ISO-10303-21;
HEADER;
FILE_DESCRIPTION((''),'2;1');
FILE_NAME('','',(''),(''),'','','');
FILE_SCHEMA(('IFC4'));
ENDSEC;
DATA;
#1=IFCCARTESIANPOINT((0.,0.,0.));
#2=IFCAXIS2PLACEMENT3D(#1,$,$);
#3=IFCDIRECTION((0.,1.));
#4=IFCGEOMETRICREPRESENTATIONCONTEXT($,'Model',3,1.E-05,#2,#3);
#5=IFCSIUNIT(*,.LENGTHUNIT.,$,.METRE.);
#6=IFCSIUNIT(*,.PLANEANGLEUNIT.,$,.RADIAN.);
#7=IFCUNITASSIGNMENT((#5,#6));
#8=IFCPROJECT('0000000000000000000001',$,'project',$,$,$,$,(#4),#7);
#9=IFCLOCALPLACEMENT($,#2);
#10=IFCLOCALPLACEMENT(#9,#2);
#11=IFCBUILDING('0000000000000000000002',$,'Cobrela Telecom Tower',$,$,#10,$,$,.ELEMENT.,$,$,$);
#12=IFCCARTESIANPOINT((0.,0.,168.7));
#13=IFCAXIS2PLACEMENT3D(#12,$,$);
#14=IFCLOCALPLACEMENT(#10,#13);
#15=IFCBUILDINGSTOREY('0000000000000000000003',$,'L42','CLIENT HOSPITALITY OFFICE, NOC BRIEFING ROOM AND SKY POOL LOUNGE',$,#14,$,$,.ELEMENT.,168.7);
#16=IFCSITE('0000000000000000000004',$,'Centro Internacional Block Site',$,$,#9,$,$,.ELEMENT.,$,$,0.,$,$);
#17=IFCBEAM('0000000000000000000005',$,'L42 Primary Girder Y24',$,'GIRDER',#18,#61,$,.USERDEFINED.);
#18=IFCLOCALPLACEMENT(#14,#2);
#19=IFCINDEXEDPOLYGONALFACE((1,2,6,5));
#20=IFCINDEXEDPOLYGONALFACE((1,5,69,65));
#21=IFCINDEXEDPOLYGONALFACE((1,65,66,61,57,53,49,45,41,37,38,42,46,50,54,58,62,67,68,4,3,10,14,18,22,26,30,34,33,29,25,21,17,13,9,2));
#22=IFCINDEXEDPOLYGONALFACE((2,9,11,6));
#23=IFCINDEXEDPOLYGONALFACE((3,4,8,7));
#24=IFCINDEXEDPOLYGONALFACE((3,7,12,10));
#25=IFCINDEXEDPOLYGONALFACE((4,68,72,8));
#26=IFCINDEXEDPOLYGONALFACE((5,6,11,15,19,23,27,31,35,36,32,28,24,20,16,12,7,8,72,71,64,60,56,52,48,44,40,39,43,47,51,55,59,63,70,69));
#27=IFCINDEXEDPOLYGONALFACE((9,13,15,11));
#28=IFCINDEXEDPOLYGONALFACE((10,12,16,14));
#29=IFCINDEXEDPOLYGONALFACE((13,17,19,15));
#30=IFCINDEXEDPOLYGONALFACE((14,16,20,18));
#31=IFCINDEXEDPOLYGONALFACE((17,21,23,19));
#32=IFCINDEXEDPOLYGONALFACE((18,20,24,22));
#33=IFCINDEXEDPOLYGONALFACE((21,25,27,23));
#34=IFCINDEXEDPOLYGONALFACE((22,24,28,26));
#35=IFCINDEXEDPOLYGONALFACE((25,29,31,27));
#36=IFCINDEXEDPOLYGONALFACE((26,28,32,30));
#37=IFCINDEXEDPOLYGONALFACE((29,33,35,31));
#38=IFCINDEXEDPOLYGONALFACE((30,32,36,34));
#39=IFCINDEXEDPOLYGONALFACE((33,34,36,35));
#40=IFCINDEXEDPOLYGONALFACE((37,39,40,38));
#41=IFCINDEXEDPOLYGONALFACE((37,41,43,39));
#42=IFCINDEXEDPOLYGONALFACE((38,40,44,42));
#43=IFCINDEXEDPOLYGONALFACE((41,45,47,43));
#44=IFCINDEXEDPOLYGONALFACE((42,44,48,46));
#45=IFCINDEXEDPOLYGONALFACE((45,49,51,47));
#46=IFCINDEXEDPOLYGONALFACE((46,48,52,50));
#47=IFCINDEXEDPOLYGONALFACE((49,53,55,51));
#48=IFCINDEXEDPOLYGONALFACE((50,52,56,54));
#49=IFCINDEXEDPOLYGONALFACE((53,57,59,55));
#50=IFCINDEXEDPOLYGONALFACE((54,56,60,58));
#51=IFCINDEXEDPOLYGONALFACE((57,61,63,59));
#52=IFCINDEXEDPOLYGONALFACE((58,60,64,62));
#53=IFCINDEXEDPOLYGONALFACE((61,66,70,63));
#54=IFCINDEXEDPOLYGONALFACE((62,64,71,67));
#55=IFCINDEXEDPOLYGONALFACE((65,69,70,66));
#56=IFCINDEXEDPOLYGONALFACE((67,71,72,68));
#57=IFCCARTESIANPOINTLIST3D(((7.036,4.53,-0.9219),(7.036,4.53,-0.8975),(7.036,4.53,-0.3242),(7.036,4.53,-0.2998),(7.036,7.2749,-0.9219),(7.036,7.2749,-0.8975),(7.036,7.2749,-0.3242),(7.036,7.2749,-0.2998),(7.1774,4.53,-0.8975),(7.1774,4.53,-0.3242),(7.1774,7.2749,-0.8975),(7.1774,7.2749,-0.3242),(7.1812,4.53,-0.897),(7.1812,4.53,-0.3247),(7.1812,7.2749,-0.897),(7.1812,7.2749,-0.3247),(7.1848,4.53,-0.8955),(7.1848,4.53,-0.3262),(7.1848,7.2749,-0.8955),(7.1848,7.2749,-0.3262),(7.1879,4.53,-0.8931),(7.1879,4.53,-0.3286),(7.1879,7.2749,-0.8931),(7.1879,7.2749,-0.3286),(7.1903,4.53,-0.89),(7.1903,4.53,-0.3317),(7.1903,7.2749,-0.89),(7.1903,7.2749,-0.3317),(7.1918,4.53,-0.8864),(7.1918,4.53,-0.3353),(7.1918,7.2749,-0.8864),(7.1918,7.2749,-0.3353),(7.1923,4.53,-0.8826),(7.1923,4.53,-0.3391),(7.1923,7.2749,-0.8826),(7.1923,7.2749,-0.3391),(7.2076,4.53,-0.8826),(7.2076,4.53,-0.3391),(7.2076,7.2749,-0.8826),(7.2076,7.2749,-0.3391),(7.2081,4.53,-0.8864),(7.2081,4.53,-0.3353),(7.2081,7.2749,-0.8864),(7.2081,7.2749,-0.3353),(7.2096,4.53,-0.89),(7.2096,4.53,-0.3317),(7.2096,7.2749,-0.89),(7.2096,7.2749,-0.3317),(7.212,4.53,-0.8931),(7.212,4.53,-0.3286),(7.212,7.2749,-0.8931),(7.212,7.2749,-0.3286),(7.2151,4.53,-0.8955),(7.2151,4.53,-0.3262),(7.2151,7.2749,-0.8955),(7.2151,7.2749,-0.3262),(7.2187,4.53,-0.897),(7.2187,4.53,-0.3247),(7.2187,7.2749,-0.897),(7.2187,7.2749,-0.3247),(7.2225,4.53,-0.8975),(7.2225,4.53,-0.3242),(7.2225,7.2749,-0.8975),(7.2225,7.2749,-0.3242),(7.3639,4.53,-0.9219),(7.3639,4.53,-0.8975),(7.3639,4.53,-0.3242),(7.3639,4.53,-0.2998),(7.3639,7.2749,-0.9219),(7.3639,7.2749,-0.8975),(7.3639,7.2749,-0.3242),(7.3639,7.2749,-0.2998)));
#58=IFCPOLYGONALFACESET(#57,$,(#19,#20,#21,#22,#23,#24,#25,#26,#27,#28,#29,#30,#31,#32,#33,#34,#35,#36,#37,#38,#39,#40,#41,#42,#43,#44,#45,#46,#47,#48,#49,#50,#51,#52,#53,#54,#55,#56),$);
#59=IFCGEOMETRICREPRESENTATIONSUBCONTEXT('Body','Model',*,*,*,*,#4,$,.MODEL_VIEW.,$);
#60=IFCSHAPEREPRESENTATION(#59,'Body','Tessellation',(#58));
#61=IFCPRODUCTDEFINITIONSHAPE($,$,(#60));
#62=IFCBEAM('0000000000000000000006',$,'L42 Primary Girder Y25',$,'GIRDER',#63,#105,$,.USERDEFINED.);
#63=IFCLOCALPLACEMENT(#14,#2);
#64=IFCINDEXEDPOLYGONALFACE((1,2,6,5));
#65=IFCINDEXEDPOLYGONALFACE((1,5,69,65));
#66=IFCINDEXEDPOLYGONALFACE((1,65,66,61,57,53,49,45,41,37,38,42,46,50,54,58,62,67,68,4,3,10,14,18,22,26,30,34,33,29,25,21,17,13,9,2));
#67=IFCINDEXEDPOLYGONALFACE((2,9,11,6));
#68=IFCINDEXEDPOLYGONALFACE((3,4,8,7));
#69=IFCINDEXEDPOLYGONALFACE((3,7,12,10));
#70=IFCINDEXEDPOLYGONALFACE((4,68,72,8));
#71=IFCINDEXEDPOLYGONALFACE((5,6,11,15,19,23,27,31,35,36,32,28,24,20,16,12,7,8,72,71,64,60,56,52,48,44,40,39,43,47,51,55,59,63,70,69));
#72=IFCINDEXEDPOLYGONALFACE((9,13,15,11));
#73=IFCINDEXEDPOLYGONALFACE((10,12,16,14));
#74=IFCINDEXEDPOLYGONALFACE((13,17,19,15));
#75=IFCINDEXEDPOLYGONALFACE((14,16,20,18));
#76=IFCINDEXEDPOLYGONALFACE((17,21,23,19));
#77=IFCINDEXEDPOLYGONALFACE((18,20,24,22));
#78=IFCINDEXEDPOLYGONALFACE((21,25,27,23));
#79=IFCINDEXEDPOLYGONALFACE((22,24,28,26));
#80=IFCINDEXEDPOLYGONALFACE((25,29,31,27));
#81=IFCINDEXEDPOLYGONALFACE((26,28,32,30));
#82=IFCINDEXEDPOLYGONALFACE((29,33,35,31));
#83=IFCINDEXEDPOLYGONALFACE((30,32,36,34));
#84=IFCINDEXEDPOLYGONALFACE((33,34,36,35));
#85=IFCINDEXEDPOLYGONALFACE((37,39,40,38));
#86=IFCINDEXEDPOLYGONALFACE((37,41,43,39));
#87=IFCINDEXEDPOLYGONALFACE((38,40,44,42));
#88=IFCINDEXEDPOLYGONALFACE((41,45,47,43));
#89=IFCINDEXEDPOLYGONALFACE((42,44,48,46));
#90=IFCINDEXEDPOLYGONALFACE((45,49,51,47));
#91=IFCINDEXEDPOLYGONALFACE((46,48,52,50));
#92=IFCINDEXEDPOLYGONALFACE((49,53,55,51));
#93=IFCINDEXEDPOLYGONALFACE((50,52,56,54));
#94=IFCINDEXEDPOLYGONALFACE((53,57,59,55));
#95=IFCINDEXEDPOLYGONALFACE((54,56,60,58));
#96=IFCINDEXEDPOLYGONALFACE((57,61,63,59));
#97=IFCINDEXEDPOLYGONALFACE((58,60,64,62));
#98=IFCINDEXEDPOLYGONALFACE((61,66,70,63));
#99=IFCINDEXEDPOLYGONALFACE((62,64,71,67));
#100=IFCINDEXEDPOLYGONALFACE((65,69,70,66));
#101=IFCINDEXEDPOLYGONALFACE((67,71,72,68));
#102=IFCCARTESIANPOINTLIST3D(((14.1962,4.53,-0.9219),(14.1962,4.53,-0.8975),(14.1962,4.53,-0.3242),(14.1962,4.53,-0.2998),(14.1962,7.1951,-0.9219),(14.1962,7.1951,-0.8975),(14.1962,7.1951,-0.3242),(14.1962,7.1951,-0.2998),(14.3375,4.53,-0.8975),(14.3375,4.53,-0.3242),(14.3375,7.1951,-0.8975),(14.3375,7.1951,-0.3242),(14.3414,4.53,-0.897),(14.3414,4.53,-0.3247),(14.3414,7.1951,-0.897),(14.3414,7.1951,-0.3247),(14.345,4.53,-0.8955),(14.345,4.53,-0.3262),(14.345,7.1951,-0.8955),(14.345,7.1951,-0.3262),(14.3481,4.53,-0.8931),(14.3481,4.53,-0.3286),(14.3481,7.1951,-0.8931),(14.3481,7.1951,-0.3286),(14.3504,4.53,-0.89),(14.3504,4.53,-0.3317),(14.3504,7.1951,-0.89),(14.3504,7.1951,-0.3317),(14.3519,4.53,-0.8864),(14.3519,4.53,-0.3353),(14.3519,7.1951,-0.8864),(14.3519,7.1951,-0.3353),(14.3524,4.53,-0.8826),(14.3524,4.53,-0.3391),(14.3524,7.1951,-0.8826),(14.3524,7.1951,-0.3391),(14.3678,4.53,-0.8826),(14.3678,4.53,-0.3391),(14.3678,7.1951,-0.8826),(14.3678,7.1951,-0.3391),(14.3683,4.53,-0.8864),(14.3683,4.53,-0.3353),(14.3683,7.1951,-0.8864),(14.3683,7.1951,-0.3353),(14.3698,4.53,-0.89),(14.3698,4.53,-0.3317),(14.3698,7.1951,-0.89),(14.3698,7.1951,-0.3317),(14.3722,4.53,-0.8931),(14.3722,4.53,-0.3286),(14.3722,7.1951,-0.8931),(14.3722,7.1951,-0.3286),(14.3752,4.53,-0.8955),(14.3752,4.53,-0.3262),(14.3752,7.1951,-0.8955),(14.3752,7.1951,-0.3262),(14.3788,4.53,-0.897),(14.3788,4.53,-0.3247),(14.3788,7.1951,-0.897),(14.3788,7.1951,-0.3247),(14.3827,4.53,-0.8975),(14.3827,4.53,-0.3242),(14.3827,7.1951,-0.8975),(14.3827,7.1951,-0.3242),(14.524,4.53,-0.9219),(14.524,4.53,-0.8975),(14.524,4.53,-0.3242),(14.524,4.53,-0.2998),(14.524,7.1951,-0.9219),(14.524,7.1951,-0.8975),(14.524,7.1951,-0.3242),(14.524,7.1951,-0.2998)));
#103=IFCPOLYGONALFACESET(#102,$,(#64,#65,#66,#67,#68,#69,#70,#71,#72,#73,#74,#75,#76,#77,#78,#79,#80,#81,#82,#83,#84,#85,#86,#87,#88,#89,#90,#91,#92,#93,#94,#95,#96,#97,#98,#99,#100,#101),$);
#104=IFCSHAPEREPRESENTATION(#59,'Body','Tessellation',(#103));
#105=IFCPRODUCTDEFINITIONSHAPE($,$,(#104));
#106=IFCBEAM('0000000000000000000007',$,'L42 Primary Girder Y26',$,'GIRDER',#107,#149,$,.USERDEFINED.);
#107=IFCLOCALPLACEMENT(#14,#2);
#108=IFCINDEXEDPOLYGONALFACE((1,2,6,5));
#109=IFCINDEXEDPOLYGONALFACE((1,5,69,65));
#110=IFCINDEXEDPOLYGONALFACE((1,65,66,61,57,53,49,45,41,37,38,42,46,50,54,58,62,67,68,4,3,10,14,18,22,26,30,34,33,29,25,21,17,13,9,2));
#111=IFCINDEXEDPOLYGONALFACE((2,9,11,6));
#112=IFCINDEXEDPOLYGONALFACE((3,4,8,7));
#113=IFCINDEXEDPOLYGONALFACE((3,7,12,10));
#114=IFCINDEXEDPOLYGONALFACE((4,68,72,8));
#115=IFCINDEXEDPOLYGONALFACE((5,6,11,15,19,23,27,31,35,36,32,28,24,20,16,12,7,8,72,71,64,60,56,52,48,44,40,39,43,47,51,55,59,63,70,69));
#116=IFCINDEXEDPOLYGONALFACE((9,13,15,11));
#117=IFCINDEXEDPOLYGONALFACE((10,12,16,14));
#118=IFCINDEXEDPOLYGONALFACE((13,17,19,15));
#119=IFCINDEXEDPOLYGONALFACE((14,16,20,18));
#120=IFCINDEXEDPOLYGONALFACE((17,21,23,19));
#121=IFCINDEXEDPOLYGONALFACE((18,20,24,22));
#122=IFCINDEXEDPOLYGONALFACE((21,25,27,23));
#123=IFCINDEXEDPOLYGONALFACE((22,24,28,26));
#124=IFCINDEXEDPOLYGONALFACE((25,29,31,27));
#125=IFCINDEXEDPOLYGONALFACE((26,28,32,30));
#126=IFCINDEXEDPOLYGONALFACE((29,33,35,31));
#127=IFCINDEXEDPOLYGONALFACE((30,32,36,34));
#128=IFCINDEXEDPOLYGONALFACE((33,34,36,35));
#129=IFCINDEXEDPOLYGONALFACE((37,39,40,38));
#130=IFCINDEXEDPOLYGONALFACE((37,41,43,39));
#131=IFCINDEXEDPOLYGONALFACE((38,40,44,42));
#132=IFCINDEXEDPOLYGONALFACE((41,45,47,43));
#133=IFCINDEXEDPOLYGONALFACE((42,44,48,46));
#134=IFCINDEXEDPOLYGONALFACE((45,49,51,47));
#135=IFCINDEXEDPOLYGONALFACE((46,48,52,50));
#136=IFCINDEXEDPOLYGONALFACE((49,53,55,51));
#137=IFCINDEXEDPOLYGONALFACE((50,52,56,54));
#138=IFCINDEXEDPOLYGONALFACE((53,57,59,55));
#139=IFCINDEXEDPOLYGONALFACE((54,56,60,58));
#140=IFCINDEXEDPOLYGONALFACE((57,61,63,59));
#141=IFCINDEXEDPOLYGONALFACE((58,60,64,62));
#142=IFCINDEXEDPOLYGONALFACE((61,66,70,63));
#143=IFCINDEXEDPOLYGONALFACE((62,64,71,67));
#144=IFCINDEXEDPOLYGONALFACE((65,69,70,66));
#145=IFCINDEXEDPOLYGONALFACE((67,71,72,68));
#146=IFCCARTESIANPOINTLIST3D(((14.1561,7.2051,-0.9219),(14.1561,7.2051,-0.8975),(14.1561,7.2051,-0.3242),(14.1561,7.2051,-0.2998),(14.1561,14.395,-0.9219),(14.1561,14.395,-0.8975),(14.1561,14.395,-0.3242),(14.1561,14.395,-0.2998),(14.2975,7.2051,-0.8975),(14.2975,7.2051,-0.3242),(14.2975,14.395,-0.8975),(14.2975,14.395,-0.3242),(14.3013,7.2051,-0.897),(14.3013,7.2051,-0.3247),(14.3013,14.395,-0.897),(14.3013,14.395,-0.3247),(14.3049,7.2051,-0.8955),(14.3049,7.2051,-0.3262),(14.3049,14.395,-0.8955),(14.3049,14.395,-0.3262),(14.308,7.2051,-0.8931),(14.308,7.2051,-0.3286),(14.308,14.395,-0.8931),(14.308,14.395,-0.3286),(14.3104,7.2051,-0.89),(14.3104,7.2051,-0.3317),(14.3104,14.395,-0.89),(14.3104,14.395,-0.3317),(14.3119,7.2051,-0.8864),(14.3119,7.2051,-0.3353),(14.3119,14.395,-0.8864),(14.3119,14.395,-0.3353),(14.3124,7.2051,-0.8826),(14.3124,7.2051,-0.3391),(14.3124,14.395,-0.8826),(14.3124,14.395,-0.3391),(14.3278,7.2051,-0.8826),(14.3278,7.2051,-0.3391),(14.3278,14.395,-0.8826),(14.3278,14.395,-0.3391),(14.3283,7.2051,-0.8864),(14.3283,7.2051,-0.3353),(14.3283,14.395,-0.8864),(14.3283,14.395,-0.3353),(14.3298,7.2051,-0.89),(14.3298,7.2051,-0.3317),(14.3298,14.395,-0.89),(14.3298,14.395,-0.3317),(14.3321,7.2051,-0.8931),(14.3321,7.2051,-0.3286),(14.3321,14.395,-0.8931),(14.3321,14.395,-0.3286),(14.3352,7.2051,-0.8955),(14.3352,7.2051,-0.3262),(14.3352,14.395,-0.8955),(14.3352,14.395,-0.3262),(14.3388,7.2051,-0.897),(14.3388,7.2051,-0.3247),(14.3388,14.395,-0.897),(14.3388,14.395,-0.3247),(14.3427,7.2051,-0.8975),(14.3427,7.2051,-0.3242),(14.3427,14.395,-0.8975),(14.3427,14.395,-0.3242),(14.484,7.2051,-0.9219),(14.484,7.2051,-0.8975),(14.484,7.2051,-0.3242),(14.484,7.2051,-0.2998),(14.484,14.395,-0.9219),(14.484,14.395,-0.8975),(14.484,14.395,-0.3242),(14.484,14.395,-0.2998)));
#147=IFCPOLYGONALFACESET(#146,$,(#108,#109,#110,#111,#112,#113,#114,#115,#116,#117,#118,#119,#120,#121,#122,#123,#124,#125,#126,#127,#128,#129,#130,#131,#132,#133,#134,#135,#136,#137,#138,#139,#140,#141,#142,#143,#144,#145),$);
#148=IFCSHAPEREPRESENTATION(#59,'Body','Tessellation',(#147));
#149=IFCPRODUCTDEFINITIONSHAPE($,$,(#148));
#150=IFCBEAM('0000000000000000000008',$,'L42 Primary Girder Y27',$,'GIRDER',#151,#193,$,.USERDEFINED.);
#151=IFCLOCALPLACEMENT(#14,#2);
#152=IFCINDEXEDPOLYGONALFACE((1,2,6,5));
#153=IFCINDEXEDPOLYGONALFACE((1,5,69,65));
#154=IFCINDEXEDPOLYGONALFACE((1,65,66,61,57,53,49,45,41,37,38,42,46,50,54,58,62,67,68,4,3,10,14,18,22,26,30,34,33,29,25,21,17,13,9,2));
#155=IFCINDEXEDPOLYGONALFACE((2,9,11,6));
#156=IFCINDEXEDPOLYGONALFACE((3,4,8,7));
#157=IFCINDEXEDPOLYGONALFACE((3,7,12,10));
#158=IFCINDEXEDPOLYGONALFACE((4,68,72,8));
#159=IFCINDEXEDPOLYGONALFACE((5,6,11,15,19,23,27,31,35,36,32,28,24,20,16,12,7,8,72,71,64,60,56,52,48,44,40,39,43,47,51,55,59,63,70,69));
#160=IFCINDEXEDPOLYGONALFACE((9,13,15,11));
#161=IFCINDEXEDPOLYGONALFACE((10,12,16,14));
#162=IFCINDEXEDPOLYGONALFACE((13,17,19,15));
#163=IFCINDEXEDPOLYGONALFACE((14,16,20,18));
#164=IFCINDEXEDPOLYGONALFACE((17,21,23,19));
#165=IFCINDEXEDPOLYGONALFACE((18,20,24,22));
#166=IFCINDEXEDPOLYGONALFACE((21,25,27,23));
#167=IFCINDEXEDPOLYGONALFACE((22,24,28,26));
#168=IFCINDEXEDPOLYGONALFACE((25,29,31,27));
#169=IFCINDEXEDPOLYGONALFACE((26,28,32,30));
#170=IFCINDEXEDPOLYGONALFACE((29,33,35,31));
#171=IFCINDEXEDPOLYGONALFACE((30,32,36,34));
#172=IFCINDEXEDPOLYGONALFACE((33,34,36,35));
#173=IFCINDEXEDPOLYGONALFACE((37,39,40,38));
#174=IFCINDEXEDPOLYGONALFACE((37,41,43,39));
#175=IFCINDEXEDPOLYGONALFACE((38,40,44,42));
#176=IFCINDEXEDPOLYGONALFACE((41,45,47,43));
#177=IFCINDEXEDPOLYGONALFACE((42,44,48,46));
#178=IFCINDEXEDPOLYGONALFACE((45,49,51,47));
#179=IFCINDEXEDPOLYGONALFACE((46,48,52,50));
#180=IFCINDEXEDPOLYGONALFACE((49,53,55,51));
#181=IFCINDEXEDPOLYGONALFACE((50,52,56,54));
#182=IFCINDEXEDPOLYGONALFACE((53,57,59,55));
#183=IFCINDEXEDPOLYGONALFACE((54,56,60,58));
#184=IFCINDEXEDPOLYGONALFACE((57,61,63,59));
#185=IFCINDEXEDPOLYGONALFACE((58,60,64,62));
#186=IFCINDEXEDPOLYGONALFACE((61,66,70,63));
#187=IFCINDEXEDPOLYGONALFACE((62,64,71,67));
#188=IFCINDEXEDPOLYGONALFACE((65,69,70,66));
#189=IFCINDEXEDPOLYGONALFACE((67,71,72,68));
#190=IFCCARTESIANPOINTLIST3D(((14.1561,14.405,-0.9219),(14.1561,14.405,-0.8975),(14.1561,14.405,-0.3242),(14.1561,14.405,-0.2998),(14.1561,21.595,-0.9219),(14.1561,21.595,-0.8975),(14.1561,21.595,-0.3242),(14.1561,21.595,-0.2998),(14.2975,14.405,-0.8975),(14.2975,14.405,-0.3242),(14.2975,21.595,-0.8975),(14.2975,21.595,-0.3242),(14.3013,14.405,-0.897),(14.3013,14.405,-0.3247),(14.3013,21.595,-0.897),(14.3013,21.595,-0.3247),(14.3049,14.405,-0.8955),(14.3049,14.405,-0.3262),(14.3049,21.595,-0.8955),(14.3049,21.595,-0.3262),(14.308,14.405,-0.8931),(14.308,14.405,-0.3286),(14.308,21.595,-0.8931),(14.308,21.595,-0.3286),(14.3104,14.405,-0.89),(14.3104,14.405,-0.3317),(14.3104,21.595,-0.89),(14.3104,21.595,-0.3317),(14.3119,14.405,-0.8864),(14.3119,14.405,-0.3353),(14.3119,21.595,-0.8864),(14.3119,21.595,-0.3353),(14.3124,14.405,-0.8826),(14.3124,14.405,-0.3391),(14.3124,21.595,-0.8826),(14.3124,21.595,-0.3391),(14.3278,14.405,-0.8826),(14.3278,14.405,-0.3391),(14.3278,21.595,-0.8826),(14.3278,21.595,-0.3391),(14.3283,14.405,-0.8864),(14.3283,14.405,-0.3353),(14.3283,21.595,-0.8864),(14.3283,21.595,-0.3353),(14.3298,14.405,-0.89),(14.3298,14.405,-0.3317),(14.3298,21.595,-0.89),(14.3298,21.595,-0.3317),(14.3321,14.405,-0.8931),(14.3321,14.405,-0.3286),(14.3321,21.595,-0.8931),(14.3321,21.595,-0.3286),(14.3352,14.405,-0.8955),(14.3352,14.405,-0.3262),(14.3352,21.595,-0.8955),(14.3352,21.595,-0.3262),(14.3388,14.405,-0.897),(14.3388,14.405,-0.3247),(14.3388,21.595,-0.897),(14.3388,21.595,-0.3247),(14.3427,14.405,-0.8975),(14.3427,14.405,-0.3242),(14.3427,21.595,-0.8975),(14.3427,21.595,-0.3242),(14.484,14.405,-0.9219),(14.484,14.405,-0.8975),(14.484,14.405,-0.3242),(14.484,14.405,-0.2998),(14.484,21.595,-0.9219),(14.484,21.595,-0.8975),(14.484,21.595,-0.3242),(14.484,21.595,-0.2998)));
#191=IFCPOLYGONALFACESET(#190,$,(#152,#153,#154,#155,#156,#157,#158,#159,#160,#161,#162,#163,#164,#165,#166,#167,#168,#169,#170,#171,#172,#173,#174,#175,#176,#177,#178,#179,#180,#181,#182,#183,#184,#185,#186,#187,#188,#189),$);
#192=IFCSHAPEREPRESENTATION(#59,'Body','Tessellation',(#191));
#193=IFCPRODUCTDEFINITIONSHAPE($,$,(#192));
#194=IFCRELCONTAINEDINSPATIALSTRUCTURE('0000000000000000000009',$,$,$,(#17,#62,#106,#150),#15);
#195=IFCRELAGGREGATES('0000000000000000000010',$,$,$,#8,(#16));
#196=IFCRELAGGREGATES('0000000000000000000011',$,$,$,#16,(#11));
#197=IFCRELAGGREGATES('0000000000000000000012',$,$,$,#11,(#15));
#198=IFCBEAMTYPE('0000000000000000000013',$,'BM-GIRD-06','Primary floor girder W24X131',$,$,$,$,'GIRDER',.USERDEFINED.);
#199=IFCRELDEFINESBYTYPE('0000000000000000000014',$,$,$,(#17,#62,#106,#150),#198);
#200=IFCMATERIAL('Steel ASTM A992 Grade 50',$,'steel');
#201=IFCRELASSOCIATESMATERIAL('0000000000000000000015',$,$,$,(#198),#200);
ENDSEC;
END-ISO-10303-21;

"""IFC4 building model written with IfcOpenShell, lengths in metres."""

from ifc_helpers import new_model, si_unit, direction, frame, origin, origin_2d, place, context, subcontext, project, spatial, i_section, extrude, material, material_profile, profile_set, type_object, element, save


model = new_model("IFC4")

# Units and contexts
model_context = context("Model", 3, precision=1e-05, world=origin(), true_north=direction((0.0, 1.0)))
body_context = subcontext(model_context, "Body", "Model", "MODEL_VIEW")
ifc_project = project(units=[si_unit("LENGTHUNIT", "METRE"), si_unit("PLANEANGLEUNIT", "RADIAN")], contexts=[model_context])

# Site, building, storey
site_placement = place(None, origin())
site = spatial("IfcSite", under=ifc_project, at=site_placement, Name="Centro Internacional Block Site", CompositionType="ELEMENT", RefElevation=0.0)
building_placement = place(site_placement, origin())
building = spatial("IfcBuilding", under=site, at=building_placement, Name="Cobrela Telecom Tower", CompositionType="ELEMENT")
storey_placement = place(building_placement, frame((0.0, 0.0, 168.7)))
storey = spatial("IfcBuildingStorey", under=building, at=storey_placement, Name="L42", Description="CLIENT HOSPITALITY OFFICE, NOC BRIEFING ROOM AND SKY POOL LOUNGE", CompositionType="ELEMENT", Elevation=168.7)

# Beams
ifc_material_1 = material(Name="Steel ASTM A992 Grade 50", Category="steel")
ifc_material_profile_1 = material_profile(ifc_material_1, i_section(OverallWidth=0.3279, OverallDepth=0.6221, WebThickness=0.0154, FlangeThickness=0.0244, FilletRadius=0.0149, at=origin_2d()), Name="W24X131")
ifc_profile_set_1 = profile_set([ifc_material_profile_1], Name="Steel ASTM A992 Grade 50")
beam_type_1 = type_object("IfcBeamType", Name="BM-GIRD-06", Description="Primary floor girder W24X131", ElementType="GIRDER", PredefinedType="USERDEFINED", material=ifc_profile_set_1)
beam_1_placement = place(storey_placement, frame((7.2, 4.53, -0.6108), z_axis=(0.0, 1.0, 0.0), x_axis=(-1.0, 0.0, 0.0)))
element("IfcBeam", 1, at=beam_1_placement, inside=storey, type_object=beam_type_1, Name="L42 Primary Girder Y24", ObjectType="GIRDER", PredefinedType="USERDEFINED", context=body_context, shape_type="SweptSolid", body=[
    extrude(i_section(OverallWidth=0.3279, OverallDepth=0.6221, WebThickness=0.0154, FlangeThickness=0.0244, FilletRadius=0.0149, at=origin_2d()), origin(), (0.0, 0.0, 1.0), 2.7449),
])
beam_2_placement = place(storey_placement, frame((14.3601, 4.53, -0.6108), z_axis=(0.0, 1.0, 0.0), x_axis=(-1.0, 0.0, 0.0)))
element("IfcBeam", 2, at=beam_2_placement, inside=storey, type_object=beam_type_1, Name="L42 Primary Girder Y25", ObjectType="GIRDER", PredefinedType="USERDEFINED", context=body_context, shape_type="SweptSolid", body=[
    extrude(i_section(OverallWidth=0.3279, OverallDepth=0.6221, WebThickness=0.0154, FlangeThickness=0.0244, FilletRadius=0.0149, at=origin_2d()), origin(), (0.0, 0.0, 1.0), 2.665),
])
for number, where, z_axis, x_axis, name in (
    (3, (14.3201, 7.2051, -0.6108), (0.0, 1.0, 0.0), (-1.0, 0.0, 0.0), "L42 Primary Girder Y26"),
    (4, (14.3201, 14.405, -0.6108), (0.0, 1.0, 0.0), (-1.0, 0.0, 0.0), "L42 Primary Girder Y27"),
):
    element("IfcBeam", number, at=place(storey_placement, frame(where, z_axis=z_axis, x_axis=x_axis)), inside=storey, type_object=beam_type_1, Name=name, ObjectType="GIRDER", PredefinedType="USERDEFINED", context=body_context, shape_type="SweptSolid", body=[
        extrude(i_section(OverallWidth=0.3279, OverallDepth=0.6221, WebThickness=0.0154, FlangeThickness=0.0244, FilletRadius=0.0149, at=origin_2d()), origin(), (0.0, 0.0, 1.0), 7.1899),
    ])

save(model, "model.ifc")
